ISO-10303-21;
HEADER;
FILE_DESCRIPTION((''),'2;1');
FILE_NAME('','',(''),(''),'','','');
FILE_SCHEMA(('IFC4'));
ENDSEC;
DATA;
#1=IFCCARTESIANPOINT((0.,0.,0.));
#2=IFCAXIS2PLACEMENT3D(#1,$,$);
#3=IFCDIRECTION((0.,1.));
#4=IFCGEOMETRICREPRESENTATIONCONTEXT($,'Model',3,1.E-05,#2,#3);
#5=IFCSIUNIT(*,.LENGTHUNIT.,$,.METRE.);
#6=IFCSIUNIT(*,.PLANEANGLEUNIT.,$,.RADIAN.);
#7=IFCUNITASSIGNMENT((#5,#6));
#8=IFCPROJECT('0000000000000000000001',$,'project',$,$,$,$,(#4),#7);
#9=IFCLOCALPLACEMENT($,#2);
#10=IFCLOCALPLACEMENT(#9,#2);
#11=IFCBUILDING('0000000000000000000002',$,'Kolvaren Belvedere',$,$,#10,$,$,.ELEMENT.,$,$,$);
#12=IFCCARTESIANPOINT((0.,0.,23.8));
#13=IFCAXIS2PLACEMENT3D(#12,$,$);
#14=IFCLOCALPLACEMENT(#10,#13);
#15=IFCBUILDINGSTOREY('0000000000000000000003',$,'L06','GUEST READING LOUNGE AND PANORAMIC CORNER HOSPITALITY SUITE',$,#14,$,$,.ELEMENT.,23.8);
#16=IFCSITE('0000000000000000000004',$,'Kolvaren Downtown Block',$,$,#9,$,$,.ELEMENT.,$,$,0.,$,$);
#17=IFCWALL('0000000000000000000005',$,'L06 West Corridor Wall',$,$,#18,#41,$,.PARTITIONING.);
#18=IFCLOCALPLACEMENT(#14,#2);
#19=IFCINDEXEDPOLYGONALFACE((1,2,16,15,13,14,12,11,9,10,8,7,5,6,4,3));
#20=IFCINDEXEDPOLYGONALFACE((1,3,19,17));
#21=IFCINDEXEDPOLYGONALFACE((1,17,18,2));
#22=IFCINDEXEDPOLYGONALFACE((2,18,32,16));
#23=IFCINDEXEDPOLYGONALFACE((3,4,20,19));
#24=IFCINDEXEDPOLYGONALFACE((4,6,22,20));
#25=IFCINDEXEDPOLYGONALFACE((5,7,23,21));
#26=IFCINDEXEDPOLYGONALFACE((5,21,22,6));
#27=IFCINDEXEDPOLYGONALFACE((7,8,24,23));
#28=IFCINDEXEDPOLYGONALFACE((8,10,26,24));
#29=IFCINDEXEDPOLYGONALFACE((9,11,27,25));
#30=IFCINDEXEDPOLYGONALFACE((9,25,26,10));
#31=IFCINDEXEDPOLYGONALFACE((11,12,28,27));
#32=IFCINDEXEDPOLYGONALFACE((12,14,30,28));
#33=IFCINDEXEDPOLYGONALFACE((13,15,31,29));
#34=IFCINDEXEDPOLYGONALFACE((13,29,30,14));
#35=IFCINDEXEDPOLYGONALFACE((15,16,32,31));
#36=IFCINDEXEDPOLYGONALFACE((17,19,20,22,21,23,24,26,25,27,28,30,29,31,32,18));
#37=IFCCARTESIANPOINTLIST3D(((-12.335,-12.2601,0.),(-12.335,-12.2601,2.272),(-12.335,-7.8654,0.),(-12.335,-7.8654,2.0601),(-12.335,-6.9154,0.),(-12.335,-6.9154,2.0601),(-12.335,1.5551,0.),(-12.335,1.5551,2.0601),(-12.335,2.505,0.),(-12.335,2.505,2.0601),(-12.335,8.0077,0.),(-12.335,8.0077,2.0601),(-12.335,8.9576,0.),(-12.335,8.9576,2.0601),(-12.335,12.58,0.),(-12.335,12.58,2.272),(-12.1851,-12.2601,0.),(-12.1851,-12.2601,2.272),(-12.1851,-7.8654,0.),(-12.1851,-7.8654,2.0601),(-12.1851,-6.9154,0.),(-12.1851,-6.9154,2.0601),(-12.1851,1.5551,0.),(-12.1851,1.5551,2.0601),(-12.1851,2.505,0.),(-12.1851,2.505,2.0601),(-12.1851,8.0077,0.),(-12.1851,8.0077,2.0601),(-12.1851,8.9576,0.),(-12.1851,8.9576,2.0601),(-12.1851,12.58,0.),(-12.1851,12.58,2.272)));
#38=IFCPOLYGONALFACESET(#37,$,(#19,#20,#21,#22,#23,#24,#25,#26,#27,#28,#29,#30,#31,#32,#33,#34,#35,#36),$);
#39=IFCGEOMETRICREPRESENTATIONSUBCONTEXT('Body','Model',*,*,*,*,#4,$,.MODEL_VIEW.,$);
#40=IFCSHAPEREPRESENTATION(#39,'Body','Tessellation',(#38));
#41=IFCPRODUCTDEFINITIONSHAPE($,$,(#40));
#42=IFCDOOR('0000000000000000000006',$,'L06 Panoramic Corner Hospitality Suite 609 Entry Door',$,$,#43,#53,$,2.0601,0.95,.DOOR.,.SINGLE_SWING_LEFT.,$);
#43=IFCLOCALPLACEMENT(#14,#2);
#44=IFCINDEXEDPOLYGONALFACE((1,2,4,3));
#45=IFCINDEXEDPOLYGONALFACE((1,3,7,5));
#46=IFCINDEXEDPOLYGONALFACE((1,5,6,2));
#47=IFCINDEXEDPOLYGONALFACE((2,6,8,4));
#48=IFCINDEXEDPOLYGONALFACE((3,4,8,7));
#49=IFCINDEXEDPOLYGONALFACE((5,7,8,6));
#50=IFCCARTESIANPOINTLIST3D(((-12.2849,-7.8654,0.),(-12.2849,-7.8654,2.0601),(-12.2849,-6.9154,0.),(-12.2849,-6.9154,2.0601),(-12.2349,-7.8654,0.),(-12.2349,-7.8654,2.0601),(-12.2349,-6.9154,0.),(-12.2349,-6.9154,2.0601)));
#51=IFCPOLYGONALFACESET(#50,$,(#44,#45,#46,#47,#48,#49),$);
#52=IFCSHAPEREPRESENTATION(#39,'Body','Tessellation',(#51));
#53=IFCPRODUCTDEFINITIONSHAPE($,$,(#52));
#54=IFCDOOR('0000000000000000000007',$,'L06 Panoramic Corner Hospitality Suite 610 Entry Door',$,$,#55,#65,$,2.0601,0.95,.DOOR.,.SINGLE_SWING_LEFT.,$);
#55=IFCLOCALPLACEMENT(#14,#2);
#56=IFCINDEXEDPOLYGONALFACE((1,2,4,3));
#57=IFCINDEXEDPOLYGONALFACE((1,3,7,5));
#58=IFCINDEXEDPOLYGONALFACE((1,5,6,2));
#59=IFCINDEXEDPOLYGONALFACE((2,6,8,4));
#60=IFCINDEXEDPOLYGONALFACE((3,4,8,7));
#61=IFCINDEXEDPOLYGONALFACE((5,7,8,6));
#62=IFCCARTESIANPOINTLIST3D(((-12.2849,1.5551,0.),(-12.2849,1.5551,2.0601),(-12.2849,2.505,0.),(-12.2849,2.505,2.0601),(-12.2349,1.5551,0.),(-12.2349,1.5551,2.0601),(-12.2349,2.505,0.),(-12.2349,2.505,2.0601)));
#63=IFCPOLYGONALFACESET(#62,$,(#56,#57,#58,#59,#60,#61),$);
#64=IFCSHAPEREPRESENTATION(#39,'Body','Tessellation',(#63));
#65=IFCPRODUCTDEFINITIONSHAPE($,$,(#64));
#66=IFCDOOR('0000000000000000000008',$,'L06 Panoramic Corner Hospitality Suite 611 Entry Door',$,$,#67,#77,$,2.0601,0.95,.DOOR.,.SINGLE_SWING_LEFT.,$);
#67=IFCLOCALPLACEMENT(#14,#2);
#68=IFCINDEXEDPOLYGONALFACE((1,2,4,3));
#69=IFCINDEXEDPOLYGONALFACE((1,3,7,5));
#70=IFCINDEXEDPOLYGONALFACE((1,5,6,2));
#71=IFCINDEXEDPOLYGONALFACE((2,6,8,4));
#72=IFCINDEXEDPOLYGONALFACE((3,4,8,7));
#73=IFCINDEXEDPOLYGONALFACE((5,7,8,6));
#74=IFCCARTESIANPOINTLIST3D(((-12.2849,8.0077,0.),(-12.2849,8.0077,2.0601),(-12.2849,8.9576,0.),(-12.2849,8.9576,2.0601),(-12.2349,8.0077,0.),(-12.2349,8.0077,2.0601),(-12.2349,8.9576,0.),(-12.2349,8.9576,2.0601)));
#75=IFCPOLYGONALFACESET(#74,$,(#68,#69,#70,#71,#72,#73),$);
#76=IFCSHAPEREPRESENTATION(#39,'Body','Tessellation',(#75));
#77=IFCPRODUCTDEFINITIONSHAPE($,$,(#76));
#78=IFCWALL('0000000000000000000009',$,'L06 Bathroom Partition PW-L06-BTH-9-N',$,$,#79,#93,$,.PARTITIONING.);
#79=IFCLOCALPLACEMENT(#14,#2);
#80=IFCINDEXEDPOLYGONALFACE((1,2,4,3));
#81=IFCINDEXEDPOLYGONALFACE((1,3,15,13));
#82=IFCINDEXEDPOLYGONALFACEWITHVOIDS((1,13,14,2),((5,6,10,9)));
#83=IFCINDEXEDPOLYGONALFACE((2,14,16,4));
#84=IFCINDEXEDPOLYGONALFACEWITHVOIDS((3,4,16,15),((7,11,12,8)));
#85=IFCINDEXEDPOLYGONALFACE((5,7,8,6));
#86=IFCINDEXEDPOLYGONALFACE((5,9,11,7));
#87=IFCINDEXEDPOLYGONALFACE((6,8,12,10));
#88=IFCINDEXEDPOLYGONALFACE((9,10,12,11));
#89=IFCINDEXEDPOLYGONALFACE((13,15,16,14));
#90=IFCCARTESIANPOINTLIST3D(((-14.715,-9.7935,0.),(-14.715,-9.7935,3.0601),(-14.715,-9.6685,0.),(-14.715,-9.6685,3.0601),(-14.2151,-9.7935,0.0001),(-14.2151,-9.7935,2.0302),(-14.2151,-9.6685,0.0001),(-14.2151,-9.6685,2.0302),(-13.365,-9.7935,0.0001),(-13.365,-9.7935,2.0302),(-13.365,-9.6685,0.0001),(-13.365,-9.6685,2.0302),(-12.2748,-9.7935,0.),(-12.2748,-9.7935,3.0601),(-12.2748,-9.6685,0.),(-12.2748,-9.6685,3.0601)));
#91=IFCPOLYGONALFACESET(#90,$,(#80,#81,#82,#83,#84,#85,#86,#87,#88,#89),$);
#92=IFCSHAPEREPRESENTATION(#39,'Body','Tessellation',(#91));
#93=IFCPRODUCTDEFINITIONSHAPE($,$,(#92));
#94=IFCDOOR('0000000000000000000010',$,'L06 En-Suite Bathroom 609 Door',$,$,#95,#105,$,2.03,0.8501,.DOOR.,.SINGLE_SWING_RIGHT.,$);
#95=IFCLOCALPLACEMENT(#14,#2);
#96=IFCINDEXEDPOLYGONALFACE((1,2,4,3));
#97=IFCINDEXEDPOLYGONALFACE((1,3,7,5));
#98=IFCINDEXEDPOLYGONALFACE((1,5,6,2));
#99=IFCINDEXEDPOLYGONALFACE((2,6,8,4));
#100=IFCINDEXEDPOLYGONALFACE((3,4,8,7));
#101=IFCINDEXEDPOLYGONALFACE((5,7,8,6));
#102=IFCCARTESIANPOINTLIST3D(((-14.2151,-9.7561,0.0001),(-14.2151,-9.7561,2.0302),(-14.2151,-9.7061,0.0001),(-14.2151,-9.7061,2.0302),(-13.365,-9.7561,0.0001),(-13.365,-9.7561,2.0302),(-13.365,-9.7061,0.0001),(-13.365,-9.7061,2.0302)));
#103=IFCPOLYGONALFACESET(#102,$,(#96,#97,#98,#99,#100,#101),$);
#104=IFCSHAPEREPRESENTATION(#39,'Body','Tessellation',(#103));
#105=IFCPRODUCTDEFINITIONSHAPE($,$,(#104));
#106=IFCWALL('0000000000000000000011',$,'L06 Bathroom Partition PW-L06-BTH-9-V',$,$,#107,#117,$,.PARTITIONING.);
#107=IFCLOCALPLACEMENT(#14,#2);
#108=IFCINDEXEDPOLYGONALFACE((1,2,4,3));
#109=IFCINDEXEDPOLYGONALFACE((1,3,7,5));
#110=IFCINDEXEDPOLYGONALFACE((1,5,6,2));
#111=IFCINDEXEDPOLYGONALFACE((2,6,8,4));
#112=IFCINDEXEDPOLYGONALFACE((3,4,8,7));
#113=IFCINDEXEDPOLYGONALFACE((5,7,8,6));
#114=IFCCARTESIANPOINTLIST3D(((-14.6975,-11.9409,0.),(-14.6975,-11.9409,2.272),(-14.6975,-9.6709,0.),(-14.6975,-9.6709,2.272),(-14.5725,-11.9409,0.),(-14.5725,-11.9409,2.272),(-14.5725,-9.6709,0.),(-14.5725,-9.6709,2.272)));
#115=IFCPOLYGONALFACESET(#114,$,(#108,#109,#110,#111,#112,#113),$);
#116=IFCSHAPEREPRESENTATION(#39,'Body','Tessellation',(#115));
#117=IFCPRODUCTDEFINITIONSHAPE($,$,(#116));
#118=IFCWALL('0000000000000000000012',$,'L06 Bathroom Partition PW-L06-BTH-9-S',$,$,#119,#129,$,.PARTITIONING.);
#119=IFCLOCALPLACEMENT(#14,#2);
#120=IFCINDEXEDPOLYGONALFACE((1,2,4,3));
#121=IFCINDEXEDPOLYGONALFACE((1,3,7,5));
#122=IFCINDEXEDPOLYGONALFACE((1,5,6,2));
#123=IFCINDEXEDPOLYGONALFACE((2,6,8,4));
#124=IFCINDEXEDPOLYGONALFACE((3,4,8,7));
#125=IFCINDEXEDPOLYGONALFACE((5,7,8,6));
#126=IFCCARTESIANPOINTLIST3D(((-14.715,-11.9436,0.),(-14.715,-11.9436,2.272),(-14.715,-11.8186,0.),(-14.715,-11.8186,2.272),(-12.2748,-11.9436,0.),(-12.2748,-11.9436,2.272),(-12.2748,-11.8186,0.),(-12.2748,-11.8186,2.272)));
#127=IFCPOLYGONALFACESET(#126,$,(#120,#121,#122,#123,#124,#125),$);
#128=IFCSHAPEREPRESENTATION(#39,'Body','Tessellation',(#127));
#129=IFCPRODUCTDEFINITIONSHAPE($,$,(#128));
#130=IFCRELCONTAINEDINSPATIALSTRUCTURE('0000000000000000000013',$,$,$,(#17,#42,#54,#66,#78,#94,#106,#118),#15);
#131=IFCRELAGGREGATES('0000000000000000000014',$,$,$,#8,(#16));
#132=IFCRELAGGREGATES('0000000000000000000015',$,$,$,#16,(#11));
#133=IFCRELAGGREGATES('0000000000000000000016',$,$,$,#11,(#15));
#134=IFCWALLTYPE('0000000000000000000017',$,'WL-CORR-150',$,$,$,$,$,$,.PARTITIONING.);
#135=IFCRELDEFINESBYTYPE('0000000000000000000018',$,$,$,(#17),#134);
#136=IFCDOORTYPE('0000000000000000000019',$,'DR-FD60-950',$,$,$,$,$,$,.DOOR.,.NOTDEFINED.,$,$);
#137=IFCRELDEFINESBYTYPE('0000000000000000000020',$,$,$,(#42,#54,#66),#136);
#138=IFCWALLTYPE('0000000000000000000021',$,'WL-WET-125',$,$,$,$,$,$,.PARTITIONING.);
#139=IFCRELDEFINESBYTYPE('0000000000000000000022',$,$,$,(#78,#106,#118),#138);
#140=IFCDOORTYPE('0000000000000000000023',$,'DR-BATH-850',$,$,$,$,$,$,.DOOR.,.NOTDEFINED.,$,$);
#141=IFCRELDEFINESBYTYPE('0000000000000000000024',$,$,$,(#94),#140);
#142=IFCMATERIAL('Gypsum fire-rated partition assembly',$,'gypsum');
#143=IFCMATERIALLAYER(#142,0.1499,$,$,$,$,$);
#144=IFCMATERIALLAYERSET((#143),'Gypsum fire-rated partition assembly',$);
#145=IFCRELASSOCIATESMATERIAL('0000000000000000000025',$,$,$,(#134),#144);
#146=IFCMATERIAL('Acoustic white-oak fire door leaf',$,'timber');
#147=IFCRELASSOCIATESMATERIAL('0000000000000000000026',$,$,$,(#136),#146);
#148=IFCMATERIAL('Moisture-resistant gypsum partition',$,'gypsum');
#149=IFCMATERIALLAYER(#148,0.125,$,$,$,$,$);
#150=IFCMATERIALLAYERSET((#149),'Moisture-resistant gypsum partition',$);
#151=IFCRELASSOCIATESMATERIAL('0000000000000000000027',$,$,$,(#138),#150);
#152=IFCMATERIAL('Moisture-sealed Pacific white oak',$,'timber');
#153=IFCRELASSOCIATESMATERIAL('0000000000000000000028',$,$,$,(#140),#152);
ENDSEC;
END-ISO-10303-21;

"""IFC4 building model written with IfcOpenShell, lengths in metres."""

from ifc_helpers import new_model, si_unit, direction, frame, frame_2d, origin, place, context, subcontext, project, spatial, rectangle, extrude, material, layer, layer_set, type_object, element, fill, save


model = new_model("IFC4")

# Units and contexts
model_context = context("Model", 3, precision=1e-05, world=origin(), true_north=direction((0.0, 1.0)))
body_context = subcontext(model_context, "Body", "Model", "MODEL_VIEW")
ifc_project = project(units=[si_unit("LENGTHUNIT", "METRE"), si_unit("PLANEANGLEUNIT", "RADIAN")], contexts=[model_context])

# Site, building, storey
site_placement = place(None, origin())
site = spatial("IfcSite", under=ifc_project, at=site_placement, Name="Kolvaren Downtown Block", CompositionType="ELEMENT", RefElevation=0.0)
building_placement = place(site_placement, origin())
building = spatial("IfcBuilding", under=site, at=building_placement, Name="Kolvaren Belvedere", CompositionType="ELEMENT")
storey_placement = place(building_placement, frame((0.0, 0.0, 23.8)))
storey = spatial("IfcBuildingStorey", under=building, at=storey_placement, Name="L06", Description="GUEST READING LOUNGE AND PANORAMIC CORNER HOSPITALITY SUITE", CompositionType="ELEMENT", Elevation=23.8)

# Wall, openings, doors
ifc_material_1 = material(Name="Gypsum fire-rated partition assembly", Category="gypsum")
ifc_layer_1 = layer(ifc_material_1, 0.1499)
ifc_layer_set_1 = layer_set([ifc_layer_1], Name="Gypsum fire-rated partition assembly")
wall_type_1 = type_object("IfcWallType", Name="WL-CORR-150", PredefinedType="PARTITIONING", material=ifc_layer_set_1)
wall_1_placement = place(storey_placement, frame((-12.26, -12.26, 0.0), z_axis=(0.0, 0.0, 1.0), x_axis=(0.0, 1.0, 0.0)))
wall_1 = element("IfcWall", 1, at=wall_1_placement, inside=storey, type_object=wall_type_1, Name="L06 West Corridor Wall", PredefinedType="PARTITIONING", context=body_context, shape_type="SweptSolid", body=[
    extrude(rectangle(XDim=24.8401, YDim=0.1499, at=frame_2d((12.4199, 0.0))), origin(), (0.0, 0.0, 1.0), 2.272),
])
opening_1_placement = place(wall_1_placement, frame((4.3945, 0.0, 0.0)))
opening_1 = element("IfcOpeningElement", 2, at=opening_1_placement, cuts=wall_1, PredefinedType="OPENING", context=body_context, shape_type="SweptSolid", body=[
    extrude(rectangle(XDim=0.95, YDim=2.0601, at=frame_2d((0.4751, 1.03))), frame((0.0, 0.085, 0.0), z_axis=(0.0, -1.0, 0.0), x_axis=(1.0, 0.0, 0.0)), (0.0, 0.0, 1.0), 0.1699),
])
opening_2_placement = place(wall_1_placement, frame((13.8149, 0.0, 0.0)))
opening_2 = element("IfcOpeningElement", 3, at=opening_2_placement, cuts=wall_1, PredefinedType="OPENING", context=body_context, shape_type="SweptSolid", body=[
    extrude(rectangle(XDim=0.95, YDim=2.0601, at=frame_2d((0.4751, 1.03))), frame((0.0, 0.085, 0.0), z_axis=(0.0, -1.0, 0.0), x_axis=(1.0, 0.0, 0.0)), (0.0, 0.0, 1.0), 0.1699),
])
opening_3_placement = place(wall_1_placement, frame((20.2676, 0.0, 0.0)))
opening_3 = element("IfcOpeningElement", 4, at=opening_3_placement, cuts=wall_1, PredefinedType="OPENING", context=body_context, shape_type="SweptSolid", body=[
    extrude(rectangle(XDim=0.95, YDim=2.0601, at=frame_2d((0.4751, 1.03))), frame((0.0, 0.085, 0.0), z_axis=(0.0, -1.0, 0.0), x_axis=(1.0, 0.0, 0.0)), (0.0, 0.0, 1.0), 0.1699),
])
ifc_material_2 = material(Name="Acoustic white-oak fire door leaf", Category="timber")
door_type_1 = type_object("IfcDoorType", Name="DR-FD60-950", OperationType="NOTDEFINED", PredefinedType="DOOR", material=ifc_material_2)
door_1_placement = place(opening_1_placement, origin())
door_1 = element("IfcDoor", 5, at=door_1_placement, inside=storey, type_object=door_type_1, Name="L06 Panoramic Corner Hospitality Suite 609 Entry Door", OperationType="SINGLE_SWING_LEFT", OverallHeight=2.0601, OverallWidth=0.95, PredefinedType="DOOR", context=body_context, shape_type="SweptSolid", body=[
    extrude(rectangle(XDim=0.95, YDim=2.0601, at=frame_2d((0.4751, 1.03))), frame((0.0, 0.0249, 0.0), z_axis=(0.0, -1.0, 0.0), x_axis=(1.0, 0.0, 0.0)), (0.0, 0.0, 1.0), 0.05),
])
fill(opening_1, door_1)
door_2_placement = place(opening_2_placement, origin())
door_2 = element("IfcDoor", 6, at=door_2_placement, inside=storey, type_object=door_type_1, Name="L06 Panoramic Corner Hospitality Suite 610 Entry Door", OperationType="SINGLE_SWING_LEFT", OverallHeight=2.0601, OverallWidth=0.95, PredefinedType="DOOR", context=body_context, shape_type="SweptSolid", body=[
    extrude(rectangle(XDim=0.95, YDim=2.0601, at=frame_2d((0.4751, 1.03))), frame((0.0, 0.0249, 0.0), z_axis=(0.0, -1.0, 0.0), x_axis=(1.0, 0.0, 0.0)), (0.0, 0.0, 1.0), 0.05),
])
fill(opening_2, door_2)
door_3_placement = place(opening_3_placement, origin())
door_3 = element("IfcDoor", 7, at=door_3_placement, inside=storey, type_object=door_type_1, Name="L06 Panoramic Corner Hospitality Suite 611 Entry Door", OperationType="SINGLE_SWING_LEFT", OverallHeight=2.0601, OverallWidth=0.95, PredefinedType="DOOR", context=body_context, shape_type="SweptSolid", body=[
    extrude(rectangle(XDim=0.95, YDim=2.0601, at=frame_2d((0.4751, 1.03))), frame((0.0, 0.0249, 0.0), z_axis=(0.0, -1.0, 0.0), x_axis=(1.0, 0.0, 0.0)), (0.0, 0.0, 1.0), 0.05),
])
fill(opening_3, door_3)

# Wall, opening, door
ifc_material_3 = material(Name="Moisture-resistant gypsum partition", Category="gypsum")
ifc_layer_2 = layer(ifc_material_3, 0.125)
ifc_layer_set_2 = layer_set([ifc_layer_2], Name="Moisture-resistant gypsum partition")
wall_type_2 = type_object("IfcWallType", Name="WL-WET-125", PredefinedType="PARTITIONING", material=ifc_layer_set_2)
wall_2_placement = place(storey_placement, frame((-14.7151, -9.731, 0.0), z_axis=(0.0, 0.0, 1.0), x_axis=(1.0, 0.0, 0.0)))
wall_2 = element("IfcWall", 8, at=wall_2_placement, inside=storey, type_object=wall_type_2, Name="L06 Bathroom Partition PW-L06-BTH-9-N", PredefinedType="PARTITIONING", context=body_context, shape_type="SweptSolid", body=[
    extrude(rectangle(XDim=2.4402, YDim=0.125, at=frame_2d((1.2202, 0.0))), origin(), (0.0, 0.0, 1.0), 3.0601),
])
opening_4_placement = place(wall_2_placement, frame((0.5, 0.0, 0.0)))
opening_4 = element("IfcOpeningElement", 9, at=opening_4_placement, cuts=wall_2, PredefinedType="OPENING", context=body_context, shape_type="SweptSolid", body=[
    extrude(rectangle(XDim=0.8501, YDim=2.03, at=frame_2d((0.425, 1.0151))), frame((0.0, 0.0725, 0.0), z_axis=(0.0, -1.0, 0.0), x_axis=(1.0, 0.0, 0.0)), (0.0, 0.0, 1.0), 0.145),
])
ifc_material_4 = material(Name="Moisture-sealed Pacific white oak", Category="timber")
door_type_2 = type_object("IfcDoorType", Name="DR-BATH-850", OperationType="NOTDEFINED", PredefinedType="DOOR", material=ifc_material_4)
door_4_placement = place(opening_4_placement, origin())
door_4 = element("IfcDoor", 10, at=door_4_placement, inside=storey, type_object=door_type_2, Name="L06 En-Suite Bathroom 609 Door", OperationType="SINGLE_SWING_RIGHT", OverallHeight=2.03, OverallWidth=0.8501, PredefinedType="DOOR", context=body_context, shape_type="SweptSolid", body=[
    extrude(rectangle(XDim=0.8501, YDim=2.03, at=frame_2d((0.425, 1.0151))), frame((0.0, 0.0249, 0.0), z_axis=(0.0, -1.0, 0.0), x_axis=(1.0, 0.0, 0.0)), (0.0, 0.0, 1.0), 0.05),
])
fill(opening_4, door_4)

# Walls
wall_3_placement = place(storey_placement, frame((-14.635, -11.9409, 0.0), z_axis=(0.0, 0.0, 1.0), x_axis=(0.0, 1.0, 0.0)))
element("IfcWall", 11, at=wall_3_placement, inside=storey, type_object=wall_type_2, Name="L06 Bathroom Partition PW-L06-BTH-9-V", PredefinedType="PARTITIONING", context=body_context, shape_type="SweptSolid", body=[
    extrude(rectangle(XDim=2.27, YDim=0.125, at=frame_2d((1.135, 0.0))), origin(), (0.0, 0.0, 1.0), 2.272),
])
wall_4_placement = place(storey_placement, frame((-14.7151, -11.8811, 0.0), z_axis=(0.0, 0.0, 1.0), x_axis=(1.0, 0.0, 0.0)))
element("IfcWall", 12, at=wall_4_placement, inside=storey, type_object=wall_type_2, Name="L06 Bathroom Partition PW-L06-BTH-9-S", PredefinedType="PARTITIONING", context=body_context, shape_type="SweptSolid", body=[
    extrude(rectangle(XDim=2.4402, YDim=0.125, at=frame_2d((1.2202, 0.0))), origin(), (0.0, 0.0, 1.0), 2.272),
])

save(model, "model.ifc")
